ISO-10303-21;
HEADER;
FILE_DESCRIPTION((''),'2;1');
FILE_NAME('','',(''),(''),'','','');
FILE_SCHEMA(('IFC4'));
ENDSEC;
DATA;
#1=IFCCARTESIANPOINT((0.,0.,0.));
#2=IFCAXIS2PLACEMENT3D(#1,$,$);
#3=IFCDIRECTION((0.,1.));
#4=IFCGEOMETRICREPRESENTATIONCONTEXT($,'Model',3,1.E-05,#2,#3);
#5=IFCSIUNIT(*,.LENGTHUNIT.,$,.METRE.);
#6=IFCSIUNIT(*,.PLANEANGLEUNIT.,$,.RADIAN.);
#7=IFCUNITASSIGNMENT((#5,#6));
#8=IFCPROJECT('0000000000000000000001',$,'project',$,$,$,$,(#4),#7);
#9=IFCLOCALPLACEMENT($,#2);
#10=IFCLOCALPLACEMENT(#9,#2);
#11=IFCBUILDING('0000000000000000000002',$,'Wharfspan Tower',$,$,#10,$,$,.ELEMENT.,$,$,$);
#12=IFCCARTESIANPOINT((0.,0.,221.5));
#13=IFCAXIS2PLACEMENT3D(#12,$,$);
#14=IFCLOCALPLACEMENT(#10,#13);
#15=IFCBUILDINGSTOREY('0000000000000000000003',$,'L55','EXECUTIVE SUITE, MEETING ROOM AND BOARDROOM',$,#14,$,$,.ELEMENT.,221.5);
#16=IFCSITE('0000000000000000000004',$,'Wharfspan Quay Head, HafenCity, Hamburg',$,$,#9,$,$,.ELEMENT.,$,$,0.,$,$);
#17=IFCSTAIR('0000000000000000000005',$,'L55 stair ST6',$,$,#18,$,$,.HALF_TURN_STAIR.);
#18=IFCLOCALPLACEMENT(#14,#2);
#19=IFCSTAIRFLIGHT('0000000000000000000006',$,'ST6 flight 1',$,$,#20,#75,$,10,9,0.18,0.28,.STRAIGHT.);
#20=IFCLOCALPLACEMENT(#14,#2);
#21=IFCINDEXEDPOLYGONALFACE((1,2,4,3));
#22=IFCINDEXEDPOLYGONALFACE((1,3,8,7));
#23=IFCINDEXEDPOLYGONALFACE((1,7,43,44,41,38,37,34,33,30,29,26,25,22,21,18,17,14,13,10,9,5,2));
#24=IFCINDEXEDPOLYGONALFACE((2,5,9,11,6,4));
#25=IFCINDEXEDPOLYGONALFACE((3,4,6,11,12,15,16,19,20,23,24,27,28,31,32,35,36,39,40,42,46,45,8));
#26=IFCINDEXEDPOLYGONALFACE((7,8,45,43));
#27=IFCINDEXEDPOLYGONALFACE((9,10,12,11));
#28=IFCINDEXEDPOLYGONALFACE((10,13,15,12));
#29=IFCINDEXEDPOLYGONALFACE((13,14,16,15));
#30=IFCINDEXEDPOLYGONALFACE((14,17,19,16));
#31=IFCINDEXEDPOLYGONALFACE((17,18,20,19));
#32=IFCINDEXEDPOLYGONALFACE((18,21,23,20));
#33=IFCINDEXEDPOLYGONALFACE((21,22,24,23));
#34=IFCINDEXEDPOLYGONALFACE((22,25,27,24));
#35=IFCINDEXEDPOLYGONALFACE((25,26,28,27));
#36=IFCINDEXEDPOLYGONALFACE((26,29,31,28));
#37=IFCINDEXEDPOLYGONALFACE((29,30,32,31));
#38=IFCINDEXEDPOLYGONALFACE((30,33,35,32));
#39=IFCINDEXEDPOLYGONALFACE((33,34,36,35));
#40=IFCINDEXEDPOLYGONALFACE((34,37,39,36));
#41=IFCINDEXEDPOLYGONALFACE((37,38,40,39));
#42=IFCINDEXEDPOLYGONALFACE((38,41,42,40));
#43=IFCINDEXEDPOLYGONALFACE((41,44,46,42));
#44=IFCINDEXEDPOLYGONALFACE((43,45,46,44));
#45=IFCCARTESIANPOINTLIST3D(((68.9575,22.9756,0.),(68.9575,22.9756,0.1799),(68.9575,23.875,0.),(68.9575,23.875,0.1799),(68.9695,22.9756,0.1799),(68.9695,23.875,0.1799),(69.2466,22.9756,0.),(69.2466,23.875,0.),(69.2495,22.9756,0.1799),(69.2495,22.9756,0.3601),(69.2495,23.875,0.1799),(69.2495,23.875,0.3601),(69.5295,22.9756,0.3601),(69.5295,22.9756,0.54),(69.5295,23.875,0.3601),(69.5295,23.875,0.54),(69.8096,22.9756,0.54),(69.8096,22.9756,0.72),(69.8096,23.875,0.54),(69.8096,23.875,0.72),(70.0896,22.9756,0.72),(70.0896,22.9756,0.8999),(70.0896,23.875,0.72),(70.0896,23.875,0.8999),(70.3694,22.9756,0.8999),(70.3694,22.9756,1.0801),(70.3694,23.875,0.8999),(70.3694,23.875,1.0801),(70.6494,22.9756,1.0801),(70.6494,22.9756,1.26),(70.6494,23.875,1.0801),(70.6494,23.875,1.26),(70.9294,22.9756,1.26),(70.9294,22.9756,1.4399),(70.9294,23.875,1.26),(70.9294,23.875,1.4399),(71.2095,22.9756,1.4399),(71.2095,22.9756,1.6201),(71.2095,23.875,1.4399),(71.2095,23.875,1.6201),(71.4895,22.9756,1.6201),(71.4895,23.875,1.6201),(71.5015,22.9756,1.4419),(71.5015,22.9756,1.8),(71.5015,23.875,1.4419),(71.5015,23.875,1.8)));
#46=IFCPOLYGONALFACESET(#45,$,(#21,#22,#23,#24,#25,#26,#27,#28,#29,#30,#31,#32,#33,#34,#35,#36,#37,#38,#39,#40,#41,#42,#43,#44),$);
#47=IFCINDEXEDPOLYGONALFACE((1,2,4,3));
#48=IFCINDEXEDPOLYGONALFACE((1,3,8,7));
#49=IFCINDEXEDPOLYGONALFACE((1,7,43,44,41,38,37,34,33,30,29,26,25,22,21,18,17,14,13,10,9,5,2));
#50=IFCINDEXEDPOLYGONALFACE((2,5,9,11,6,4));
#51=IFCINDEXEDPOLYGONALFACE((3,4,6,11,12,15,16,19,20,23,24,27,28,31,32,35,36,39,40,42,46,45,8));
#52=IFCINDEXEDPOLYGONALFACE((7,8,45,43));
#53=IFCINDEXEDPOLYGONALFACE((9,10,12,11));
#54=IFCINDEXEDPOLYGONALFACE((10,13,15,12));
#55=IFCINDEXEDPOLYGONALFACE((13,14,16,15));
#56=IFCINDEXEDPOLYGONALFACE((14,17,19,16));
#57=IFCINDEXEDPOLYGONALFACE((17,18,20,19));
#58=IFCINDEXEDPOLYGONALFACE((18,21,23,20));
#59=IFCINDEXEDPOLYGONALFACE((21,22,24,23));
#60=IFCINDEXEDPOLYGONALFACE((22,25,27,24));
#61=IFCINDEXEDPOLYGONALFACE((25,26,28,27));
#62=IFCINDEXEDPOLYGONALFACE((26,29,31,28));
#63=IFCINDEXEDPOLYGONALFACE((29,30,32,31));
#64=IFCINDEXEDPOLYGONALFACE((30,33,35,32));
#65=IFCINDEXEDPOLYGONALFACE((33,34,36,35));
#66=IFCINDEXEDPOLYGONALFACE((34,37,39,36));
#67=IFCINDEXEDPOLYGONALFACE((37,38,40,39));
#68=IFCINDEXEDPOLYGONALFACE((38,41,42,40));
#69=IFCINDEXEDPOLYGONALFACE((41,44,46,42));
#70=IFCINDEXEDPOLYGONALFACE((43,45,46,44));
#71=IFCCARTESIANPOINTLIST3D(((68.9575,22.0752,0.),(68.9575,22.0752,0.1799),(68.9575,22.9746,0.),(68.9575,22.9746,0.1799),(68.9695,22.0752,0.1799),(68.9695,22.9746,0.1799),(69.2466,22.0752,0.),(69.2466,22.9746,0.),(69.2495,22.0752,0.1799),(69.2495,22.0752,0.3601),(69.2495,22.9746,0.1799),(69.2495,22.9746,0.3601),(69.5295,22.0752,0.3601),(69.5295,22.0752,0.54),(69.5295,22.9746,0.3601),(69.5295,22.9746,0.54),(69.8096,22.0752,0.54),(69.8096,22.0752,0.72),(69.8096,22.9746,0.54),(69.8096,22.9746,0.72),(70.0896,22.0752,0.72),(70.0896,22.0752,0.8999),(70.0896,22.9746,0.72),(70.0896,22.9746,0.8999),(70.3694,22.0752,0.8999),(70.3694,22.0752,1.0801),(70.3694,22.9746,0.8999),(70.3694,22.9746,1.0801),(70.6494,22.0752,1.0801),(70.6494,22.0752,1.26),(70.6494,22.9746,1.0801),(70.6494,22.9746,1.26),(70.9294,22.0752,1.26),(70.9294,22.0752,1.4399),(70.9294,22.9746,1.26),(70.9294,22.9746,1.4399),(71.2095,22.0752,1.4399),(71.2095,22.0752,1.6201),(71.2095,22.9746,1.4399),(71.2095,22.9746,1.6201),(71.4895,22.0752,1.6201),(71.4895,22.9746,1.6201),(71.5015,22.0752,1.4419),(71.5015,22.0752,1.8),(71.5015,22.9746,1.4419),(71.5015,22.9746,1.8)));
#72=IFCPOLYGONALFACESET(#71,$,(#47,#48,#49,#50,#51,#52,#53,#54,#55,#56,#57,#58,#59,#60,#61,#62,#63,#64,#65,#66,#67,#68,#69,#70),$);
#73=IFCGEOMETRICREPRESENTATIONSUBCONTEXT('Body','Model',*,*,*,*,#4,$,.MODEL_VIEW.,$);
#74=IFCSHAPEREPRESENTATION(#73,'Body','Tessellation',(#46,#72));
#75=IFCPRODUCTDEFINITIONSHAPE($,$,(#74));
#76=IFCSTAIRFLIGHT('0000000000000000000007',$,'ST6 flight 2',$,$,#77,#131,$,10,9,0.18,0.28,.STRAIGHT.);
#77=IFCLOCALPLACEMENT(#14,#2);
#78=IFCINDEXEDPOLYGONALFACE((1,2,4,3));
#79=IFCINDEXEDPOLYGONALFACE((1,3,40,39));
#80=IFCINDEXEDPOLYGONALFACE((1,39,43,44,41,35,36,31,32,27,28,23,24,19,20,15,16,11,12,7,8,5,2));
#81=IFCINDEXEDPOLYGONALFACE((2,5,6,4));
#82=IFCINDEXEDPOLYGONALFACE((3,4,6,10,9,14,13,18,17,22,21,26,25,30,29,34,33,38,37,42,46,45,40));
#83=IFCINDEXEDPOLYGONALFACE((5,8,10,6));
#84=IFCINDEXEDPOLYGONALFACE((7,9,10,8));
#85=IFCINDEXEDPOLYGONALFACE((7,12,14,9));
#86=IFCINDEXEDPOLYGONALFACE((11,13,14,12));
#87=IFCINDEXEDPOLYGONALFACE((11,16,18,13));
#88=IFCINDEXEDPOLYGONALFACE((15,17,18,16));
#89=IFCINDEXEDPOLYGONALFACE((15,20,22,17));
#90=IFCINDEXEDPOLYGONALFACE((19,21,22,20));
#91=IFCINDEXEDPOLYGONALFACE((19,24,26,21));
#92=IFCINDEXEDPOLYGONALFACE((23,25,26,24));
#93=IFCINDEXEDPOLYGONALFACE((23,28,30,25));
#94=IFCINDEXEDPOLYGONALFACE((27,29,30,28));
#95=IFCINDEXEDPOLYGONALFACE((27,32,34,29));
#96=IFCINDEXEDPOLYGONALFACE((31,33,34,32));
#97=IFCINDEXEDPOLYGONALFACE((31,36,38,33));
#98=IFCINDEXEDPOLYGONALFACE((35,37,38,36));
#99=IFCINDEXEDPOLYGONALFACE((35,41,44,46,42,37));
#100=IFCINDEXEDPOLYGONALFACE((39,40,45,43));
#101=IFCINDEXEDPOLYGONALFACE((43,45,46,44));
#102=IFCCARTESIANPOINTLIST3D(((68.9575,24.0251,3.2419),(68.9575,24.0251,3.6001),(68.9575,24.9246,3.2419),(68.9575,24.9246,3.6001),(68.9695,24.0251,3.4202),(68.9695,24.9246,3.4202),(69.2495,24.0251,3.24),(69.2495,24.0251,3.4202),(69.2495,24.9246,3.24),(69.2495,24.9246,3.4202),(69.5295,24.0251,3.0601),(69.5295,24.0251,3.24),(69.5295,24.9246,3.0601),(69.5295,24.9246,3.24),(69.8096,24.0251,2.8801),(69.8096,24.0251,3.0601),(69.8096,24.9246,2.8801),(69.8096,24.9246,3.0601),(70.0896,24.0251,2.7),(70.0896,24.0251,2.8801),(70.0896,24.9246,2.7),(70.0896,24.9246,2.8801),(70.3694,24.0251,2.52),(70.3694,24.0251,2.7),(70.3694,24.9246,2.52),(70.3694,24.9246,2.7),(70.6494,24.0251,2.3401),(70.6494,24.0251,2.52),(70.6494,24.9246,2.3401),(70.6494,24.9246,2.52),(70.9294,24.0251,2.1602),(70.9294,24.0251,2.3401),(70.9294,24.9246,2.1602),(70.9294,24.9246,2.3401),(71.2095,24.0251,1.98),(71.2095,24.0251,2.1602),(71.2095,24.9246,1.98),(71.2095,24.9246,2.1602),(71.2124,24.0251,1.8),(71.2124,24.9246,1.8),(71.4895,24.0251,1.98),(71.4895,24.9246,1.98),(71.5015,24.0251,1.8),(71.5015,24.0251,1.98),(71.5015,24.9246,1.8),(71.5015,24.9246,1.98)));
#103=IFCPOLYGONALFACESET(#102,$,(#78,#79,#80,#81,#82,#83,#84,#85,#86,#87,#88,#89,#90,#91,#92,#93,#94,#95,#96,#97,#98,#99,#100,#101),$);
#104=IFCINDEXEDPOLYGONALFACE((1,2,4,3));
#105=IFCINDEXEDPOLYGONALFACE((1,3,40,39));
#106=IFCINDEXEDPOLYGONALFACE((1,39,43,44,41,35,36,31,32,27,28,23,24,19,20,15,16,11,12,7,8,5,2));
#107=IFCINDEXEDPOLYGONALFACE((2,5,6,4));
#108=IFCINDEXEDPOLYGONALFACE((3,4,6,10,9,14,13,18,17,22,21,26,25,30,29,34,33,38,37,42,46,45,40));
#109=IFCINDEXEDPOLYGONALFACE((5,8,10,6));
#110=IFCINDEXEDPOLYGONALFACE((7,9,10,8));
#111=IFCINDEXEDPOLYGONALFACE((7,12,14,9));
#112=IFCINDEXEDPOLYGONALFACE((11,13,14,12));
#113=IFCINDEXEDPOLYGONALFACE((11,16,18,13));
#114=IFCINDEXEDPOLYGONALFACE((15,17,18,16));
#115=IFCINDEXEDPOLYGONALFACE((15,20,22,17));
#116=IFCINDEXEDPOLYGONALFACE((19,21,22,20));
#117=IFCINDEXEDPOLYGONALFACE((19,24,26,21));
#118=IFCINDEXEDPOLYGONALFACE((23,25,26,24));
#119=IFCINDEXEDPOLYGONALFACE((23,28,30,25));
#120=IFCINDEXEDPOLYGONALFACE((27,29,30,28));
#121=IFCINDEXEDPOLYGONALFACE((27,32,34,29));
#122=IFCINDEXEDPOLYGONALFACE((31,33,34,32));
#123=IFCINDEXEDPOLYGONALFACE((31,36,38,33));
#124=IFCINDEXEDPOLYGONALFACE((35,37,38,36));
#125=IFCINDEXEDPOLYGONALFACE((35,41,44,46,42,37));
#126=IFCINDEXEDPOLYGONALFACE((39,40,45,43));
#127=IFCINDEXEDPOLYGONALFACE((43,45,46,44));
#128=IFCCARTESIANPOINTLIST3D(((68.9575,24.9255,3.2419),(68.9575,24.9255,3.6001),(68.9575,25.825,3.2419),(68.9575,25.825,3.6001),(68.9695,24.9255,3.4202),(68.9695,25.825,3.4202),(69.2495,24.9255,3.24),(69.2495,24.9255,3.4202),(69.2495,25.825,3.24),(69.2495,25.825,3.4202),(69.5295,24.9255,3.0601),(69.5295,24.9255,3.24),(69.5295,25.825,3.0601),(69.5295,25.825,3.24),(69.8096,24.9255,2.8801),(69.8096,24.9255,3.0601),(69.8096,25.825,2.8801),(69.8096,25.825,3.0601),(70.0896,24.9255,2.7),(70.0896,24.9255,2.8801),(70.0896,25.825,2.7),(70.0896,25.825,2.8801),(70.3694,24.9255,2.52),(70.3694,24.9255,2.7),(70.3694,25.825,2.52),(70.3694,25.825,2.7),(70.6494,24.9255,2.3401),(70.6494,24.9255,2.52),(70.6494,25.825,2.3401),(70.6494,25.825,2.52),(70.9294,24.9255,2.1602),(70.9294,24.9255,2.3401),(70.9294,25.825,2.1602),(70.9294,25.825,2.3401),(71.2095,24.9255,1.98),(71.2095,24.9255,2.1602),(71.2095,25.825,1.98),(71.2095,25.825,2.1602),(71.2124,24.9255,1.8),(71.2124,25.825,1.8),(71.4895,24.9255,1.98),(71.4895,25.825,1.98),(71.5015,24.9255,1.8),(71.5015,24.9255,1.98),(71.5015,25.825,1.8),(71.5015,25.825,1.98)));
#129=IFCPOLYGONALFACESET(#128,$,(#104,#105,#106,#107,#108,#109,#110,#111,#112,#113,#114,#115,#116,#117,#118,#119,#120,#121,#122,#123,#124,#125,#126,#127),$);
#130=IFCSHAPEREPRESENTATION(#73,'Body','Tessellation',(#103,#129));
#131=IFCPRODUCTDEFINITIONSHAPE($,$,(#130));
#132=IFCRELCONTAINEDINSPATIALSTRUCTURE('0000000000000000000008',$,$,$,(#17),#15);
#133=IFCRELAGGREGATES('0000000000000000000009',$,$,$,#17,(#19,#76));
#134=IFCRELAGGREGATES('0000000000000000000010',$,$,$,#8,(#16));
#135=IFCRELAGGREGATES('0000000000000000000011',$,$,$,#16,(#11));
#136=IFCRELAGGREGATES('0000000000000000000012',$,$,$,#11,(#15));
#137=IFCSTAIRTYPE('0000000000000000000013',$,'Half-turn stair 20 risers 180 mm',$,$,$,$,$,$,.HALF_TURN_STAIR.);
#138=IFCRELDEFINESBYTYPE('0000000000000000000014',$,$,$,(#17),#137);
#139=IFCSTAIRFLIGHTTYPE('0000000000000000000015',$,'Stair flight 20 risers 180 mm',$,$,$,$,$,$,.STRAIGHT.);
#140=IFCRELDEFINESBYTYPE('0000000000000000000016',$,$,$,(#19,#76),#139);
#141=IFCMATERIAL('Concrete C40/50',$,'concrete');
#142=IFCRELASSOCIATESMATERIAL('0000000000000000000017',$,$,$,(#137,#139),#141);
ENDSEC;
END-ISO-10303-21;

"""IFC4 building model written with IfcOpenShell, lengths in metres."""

from ifc_helpers import new_model, si_unit, direction, frame, origin, place, context, subcontext, project, spatial, polyline, outline, extrude, material, type_object, element, aggregate, save


model = new_model("IFC4")

# Units and contexts
model_context = context("Model", 3, precision=1e-05, world=origin(), true_north=direction((0.0, 1.0)))
body_context = subcontext(model_context, "Body", "Model", "MODEL_VIEW")
ifc_project = project(units=[si_unit("LENGTHUNIT", "METRE"), si_unit("PLANEANGLEUNIT", "RADIAN")], contexts=[model_context])

# Site, building, storey
site_placement = place(None, origin())
site = spatial("IfcSite", under=ifc_project, at=site_placement, Name="Wharfspan Quay Head, HafenCity, Hamburg", CompositionType="ELEMENT", RefElevation=0.0)
building_placement = place(site_placement, origin())
building = spatial("IfcBuilding", under=site, at=building_placement, Name="Wharfspan Tower", CompositionType="ELEMENT")
storey_placement = place(building_placement, frame((0.0, 0.0, 221.5)))
storey = spatial("IfcBuildingStorey", under=building, at=storey_placement, Name="L55", Description="EXECUTIVE SUITE, MEETING ROOM AND BOARDROOM", CompositionType="ELEMENT", Elevation=221.5)

# Shared definitions
ifc_material_1 = material(Name="Concrete C40/50", Category="concrete")

# Stair, stair flights
stair_type = type_object("IfcStairType", Name="Half-turn stair 20 risers 180 mm", PredefinedType="HALF_TURN_STAIR", material=ifc_material_1)
stair_placement = place(storey_placement, origin())
stair = element("IfcStair", 1, at=stair_placement, inside=storey, type_object=stair_type, Name="L55 stair ST6", PredefinedType="HALF_TURN_STAIR")
stair_flight_type = type_object("IfcStairFlightType", Name="Stair flight 20 risers 180 mm", PredefinedType="STRAIGHT", material=ifc_material_1)
stair_flight_1_placement = place(storey_placement, frame((68.9695, 22.9751, 0.0), z_axis=(0.0, 0.0, 1.0), x_axis=(1.0, 0.0, 0.0)))
stair_flight_1 = element("IfcStairFlight", 2, at=stair_flight_1_placement, type_object=stair_flight_type, Name="ST6 flight 1", NumberOfRisers=10, NumberOfTreads=9, PredefinedType="STRAIGHT", RiserHeight=0.18, TreadLength=0.28, context=body_context, shape_type="SweptSolid", body=[
    extrude(outline(polyline([(-0.012, 0.0), (-0.012, 0.1799), (0.0, 0.1799), (0.28, 0.1799), (0.28, 0.3601), (0.5601, 0.3601), (0.5601, 0.54), (0.8401, 0.54), (0.8401, 0.72), (1.1201, 0.72), (1.1201, 0.8999), (1.3999, 0.8999), (1.3999, 1.0801), (1.6799, 1.0801), (1.6799, 1.26), (1.96, 1.26), (1.96, 1.4399), (2.24, 1.4399), (2.24, 1.6201), (2.52, 1.6201), (2.532, 1.8), (2.532, 1.4419), (0.2771, 0.0), (-0.012, 0.0)])), frame((0.0, 0.8999, 0.0), z_axis=(0.0, -1.0, 0.0), x_axis=(1.0, 0.0, 0.0)), (0.0, 0.0, 1.0), 0.8994),
    extrude(outline(polyline([(-0.012, 0.0), (-0.012, 0.1799), (0.0, 0.1799), (0.28, 0.1799), (0.28, 0.3601), (0.5601, 0.3601), (0.5601, 0.54), (0.8401, 0.54), (0.8401, 0.72), (1.1201, 0.72), (1.1201, 0.8999), (1.3999, 0.8999), (1.3999, 1.0801), (1.6799, 1.0801), (1.6799, 1.26), (1.96, 1.26), (1.96, 1.4399), (2.24, 1.4399), (2.24, 1.6201), (2.52, 1.6201), (2.532, 1.8), (2.532, 1.4419), (0.2771, 0.0), (-0.012, 0.0)])), frame((0.0, -0.0005, 0.0), z_axis=(0.0, -1.0, 0.0), x_axis=(1.0, 0.0, 0.0)), (0.0, 0.0, 1.0), 0.8994),
])
stair_flight_2_placement = place(storey_placement, frame((71.4895, 24.925, 1.8), z_axis=(0.0, 0.0, 1.0), x_axis=(-1.0, 0.0, 0.0)))
stair_flight_2 = element("IfcStairFlight", 3, at=stair_flight_2_placement, type_object=stair_flight_type, Name="ST6 flight 2", NumberOfRisers=10, NumberOfTreads=9, PredefinedType="STRAIGHT", RiserHeight=0.18, TreadLength=0.28, context=body_context, shape_type="SweptSolid", body=[
    extrude(outline(polyline([(-0.012, 0.0), (-0.012, 0.1799), (0.0, 0.1799), (0.28, 0.1799), (0.28, 0.3601), (0.5601, 0.3601), (0.5601, 0.54), (0.8401, 0.54), (0.8401, 0.72), (1.1201, 0.72), (1.1201, 0.8999), (1.3999, 0.8999), (1.3999, 1.0801), (1.6799, 1.0801), (1.6799, 1.26), (1.96, 1.26), (1.96, 1.4399), (2.24, 1.4399), (2.24, 1.6201), (2.52, 1.6201), (2.532, 1.8), (2.532, 1.4419), (0.2771, 0.0), (-0.012, 0.0)])), frame((0.0, 0.8999, 0.0), z_axis=(0.0, -1.0, 0.0), x_axis=(1.0, 0.0, 0.0)), (0.0, 0.0, 1.0), 0.8994),
    extrude(outline(polyline([(-0.012, 0.0), (-0.012, 0.1799), (0.0, 0.1799), (0.28, 0.1799), (0.28, 0.3601), (0.5601, 0.3601), (0.5601, 0.54), (0.8401, 0.54), (0.8401, 0.72), (1.1201, 0.72), (1.1201, 0.8999), (1.3999, 0.8999), (1.3999, 1.0801), (1.6799, 1.0801), (1.6799, 1.26), (1.96, 1.26), (1.96, 1.4399), (2.24, 1.4399), (2.24, 1.6201), (2.52, 1.6201), (2.532, 1.8), (2.532, 1.4419), (0.2771, 0.0), (-0.012, 0.0)])), frame((0.0, -0.0005, 0.0), z_axis=(0.0, -1.0, 0.0), x_axis=(1.0, 0.0, 0.0)), (0.0, 0.0, 1.0), 0.8994),
])
aggregate(stair, [stair_flight_1, stair_flight_2])

save(model, "model.ifc")
